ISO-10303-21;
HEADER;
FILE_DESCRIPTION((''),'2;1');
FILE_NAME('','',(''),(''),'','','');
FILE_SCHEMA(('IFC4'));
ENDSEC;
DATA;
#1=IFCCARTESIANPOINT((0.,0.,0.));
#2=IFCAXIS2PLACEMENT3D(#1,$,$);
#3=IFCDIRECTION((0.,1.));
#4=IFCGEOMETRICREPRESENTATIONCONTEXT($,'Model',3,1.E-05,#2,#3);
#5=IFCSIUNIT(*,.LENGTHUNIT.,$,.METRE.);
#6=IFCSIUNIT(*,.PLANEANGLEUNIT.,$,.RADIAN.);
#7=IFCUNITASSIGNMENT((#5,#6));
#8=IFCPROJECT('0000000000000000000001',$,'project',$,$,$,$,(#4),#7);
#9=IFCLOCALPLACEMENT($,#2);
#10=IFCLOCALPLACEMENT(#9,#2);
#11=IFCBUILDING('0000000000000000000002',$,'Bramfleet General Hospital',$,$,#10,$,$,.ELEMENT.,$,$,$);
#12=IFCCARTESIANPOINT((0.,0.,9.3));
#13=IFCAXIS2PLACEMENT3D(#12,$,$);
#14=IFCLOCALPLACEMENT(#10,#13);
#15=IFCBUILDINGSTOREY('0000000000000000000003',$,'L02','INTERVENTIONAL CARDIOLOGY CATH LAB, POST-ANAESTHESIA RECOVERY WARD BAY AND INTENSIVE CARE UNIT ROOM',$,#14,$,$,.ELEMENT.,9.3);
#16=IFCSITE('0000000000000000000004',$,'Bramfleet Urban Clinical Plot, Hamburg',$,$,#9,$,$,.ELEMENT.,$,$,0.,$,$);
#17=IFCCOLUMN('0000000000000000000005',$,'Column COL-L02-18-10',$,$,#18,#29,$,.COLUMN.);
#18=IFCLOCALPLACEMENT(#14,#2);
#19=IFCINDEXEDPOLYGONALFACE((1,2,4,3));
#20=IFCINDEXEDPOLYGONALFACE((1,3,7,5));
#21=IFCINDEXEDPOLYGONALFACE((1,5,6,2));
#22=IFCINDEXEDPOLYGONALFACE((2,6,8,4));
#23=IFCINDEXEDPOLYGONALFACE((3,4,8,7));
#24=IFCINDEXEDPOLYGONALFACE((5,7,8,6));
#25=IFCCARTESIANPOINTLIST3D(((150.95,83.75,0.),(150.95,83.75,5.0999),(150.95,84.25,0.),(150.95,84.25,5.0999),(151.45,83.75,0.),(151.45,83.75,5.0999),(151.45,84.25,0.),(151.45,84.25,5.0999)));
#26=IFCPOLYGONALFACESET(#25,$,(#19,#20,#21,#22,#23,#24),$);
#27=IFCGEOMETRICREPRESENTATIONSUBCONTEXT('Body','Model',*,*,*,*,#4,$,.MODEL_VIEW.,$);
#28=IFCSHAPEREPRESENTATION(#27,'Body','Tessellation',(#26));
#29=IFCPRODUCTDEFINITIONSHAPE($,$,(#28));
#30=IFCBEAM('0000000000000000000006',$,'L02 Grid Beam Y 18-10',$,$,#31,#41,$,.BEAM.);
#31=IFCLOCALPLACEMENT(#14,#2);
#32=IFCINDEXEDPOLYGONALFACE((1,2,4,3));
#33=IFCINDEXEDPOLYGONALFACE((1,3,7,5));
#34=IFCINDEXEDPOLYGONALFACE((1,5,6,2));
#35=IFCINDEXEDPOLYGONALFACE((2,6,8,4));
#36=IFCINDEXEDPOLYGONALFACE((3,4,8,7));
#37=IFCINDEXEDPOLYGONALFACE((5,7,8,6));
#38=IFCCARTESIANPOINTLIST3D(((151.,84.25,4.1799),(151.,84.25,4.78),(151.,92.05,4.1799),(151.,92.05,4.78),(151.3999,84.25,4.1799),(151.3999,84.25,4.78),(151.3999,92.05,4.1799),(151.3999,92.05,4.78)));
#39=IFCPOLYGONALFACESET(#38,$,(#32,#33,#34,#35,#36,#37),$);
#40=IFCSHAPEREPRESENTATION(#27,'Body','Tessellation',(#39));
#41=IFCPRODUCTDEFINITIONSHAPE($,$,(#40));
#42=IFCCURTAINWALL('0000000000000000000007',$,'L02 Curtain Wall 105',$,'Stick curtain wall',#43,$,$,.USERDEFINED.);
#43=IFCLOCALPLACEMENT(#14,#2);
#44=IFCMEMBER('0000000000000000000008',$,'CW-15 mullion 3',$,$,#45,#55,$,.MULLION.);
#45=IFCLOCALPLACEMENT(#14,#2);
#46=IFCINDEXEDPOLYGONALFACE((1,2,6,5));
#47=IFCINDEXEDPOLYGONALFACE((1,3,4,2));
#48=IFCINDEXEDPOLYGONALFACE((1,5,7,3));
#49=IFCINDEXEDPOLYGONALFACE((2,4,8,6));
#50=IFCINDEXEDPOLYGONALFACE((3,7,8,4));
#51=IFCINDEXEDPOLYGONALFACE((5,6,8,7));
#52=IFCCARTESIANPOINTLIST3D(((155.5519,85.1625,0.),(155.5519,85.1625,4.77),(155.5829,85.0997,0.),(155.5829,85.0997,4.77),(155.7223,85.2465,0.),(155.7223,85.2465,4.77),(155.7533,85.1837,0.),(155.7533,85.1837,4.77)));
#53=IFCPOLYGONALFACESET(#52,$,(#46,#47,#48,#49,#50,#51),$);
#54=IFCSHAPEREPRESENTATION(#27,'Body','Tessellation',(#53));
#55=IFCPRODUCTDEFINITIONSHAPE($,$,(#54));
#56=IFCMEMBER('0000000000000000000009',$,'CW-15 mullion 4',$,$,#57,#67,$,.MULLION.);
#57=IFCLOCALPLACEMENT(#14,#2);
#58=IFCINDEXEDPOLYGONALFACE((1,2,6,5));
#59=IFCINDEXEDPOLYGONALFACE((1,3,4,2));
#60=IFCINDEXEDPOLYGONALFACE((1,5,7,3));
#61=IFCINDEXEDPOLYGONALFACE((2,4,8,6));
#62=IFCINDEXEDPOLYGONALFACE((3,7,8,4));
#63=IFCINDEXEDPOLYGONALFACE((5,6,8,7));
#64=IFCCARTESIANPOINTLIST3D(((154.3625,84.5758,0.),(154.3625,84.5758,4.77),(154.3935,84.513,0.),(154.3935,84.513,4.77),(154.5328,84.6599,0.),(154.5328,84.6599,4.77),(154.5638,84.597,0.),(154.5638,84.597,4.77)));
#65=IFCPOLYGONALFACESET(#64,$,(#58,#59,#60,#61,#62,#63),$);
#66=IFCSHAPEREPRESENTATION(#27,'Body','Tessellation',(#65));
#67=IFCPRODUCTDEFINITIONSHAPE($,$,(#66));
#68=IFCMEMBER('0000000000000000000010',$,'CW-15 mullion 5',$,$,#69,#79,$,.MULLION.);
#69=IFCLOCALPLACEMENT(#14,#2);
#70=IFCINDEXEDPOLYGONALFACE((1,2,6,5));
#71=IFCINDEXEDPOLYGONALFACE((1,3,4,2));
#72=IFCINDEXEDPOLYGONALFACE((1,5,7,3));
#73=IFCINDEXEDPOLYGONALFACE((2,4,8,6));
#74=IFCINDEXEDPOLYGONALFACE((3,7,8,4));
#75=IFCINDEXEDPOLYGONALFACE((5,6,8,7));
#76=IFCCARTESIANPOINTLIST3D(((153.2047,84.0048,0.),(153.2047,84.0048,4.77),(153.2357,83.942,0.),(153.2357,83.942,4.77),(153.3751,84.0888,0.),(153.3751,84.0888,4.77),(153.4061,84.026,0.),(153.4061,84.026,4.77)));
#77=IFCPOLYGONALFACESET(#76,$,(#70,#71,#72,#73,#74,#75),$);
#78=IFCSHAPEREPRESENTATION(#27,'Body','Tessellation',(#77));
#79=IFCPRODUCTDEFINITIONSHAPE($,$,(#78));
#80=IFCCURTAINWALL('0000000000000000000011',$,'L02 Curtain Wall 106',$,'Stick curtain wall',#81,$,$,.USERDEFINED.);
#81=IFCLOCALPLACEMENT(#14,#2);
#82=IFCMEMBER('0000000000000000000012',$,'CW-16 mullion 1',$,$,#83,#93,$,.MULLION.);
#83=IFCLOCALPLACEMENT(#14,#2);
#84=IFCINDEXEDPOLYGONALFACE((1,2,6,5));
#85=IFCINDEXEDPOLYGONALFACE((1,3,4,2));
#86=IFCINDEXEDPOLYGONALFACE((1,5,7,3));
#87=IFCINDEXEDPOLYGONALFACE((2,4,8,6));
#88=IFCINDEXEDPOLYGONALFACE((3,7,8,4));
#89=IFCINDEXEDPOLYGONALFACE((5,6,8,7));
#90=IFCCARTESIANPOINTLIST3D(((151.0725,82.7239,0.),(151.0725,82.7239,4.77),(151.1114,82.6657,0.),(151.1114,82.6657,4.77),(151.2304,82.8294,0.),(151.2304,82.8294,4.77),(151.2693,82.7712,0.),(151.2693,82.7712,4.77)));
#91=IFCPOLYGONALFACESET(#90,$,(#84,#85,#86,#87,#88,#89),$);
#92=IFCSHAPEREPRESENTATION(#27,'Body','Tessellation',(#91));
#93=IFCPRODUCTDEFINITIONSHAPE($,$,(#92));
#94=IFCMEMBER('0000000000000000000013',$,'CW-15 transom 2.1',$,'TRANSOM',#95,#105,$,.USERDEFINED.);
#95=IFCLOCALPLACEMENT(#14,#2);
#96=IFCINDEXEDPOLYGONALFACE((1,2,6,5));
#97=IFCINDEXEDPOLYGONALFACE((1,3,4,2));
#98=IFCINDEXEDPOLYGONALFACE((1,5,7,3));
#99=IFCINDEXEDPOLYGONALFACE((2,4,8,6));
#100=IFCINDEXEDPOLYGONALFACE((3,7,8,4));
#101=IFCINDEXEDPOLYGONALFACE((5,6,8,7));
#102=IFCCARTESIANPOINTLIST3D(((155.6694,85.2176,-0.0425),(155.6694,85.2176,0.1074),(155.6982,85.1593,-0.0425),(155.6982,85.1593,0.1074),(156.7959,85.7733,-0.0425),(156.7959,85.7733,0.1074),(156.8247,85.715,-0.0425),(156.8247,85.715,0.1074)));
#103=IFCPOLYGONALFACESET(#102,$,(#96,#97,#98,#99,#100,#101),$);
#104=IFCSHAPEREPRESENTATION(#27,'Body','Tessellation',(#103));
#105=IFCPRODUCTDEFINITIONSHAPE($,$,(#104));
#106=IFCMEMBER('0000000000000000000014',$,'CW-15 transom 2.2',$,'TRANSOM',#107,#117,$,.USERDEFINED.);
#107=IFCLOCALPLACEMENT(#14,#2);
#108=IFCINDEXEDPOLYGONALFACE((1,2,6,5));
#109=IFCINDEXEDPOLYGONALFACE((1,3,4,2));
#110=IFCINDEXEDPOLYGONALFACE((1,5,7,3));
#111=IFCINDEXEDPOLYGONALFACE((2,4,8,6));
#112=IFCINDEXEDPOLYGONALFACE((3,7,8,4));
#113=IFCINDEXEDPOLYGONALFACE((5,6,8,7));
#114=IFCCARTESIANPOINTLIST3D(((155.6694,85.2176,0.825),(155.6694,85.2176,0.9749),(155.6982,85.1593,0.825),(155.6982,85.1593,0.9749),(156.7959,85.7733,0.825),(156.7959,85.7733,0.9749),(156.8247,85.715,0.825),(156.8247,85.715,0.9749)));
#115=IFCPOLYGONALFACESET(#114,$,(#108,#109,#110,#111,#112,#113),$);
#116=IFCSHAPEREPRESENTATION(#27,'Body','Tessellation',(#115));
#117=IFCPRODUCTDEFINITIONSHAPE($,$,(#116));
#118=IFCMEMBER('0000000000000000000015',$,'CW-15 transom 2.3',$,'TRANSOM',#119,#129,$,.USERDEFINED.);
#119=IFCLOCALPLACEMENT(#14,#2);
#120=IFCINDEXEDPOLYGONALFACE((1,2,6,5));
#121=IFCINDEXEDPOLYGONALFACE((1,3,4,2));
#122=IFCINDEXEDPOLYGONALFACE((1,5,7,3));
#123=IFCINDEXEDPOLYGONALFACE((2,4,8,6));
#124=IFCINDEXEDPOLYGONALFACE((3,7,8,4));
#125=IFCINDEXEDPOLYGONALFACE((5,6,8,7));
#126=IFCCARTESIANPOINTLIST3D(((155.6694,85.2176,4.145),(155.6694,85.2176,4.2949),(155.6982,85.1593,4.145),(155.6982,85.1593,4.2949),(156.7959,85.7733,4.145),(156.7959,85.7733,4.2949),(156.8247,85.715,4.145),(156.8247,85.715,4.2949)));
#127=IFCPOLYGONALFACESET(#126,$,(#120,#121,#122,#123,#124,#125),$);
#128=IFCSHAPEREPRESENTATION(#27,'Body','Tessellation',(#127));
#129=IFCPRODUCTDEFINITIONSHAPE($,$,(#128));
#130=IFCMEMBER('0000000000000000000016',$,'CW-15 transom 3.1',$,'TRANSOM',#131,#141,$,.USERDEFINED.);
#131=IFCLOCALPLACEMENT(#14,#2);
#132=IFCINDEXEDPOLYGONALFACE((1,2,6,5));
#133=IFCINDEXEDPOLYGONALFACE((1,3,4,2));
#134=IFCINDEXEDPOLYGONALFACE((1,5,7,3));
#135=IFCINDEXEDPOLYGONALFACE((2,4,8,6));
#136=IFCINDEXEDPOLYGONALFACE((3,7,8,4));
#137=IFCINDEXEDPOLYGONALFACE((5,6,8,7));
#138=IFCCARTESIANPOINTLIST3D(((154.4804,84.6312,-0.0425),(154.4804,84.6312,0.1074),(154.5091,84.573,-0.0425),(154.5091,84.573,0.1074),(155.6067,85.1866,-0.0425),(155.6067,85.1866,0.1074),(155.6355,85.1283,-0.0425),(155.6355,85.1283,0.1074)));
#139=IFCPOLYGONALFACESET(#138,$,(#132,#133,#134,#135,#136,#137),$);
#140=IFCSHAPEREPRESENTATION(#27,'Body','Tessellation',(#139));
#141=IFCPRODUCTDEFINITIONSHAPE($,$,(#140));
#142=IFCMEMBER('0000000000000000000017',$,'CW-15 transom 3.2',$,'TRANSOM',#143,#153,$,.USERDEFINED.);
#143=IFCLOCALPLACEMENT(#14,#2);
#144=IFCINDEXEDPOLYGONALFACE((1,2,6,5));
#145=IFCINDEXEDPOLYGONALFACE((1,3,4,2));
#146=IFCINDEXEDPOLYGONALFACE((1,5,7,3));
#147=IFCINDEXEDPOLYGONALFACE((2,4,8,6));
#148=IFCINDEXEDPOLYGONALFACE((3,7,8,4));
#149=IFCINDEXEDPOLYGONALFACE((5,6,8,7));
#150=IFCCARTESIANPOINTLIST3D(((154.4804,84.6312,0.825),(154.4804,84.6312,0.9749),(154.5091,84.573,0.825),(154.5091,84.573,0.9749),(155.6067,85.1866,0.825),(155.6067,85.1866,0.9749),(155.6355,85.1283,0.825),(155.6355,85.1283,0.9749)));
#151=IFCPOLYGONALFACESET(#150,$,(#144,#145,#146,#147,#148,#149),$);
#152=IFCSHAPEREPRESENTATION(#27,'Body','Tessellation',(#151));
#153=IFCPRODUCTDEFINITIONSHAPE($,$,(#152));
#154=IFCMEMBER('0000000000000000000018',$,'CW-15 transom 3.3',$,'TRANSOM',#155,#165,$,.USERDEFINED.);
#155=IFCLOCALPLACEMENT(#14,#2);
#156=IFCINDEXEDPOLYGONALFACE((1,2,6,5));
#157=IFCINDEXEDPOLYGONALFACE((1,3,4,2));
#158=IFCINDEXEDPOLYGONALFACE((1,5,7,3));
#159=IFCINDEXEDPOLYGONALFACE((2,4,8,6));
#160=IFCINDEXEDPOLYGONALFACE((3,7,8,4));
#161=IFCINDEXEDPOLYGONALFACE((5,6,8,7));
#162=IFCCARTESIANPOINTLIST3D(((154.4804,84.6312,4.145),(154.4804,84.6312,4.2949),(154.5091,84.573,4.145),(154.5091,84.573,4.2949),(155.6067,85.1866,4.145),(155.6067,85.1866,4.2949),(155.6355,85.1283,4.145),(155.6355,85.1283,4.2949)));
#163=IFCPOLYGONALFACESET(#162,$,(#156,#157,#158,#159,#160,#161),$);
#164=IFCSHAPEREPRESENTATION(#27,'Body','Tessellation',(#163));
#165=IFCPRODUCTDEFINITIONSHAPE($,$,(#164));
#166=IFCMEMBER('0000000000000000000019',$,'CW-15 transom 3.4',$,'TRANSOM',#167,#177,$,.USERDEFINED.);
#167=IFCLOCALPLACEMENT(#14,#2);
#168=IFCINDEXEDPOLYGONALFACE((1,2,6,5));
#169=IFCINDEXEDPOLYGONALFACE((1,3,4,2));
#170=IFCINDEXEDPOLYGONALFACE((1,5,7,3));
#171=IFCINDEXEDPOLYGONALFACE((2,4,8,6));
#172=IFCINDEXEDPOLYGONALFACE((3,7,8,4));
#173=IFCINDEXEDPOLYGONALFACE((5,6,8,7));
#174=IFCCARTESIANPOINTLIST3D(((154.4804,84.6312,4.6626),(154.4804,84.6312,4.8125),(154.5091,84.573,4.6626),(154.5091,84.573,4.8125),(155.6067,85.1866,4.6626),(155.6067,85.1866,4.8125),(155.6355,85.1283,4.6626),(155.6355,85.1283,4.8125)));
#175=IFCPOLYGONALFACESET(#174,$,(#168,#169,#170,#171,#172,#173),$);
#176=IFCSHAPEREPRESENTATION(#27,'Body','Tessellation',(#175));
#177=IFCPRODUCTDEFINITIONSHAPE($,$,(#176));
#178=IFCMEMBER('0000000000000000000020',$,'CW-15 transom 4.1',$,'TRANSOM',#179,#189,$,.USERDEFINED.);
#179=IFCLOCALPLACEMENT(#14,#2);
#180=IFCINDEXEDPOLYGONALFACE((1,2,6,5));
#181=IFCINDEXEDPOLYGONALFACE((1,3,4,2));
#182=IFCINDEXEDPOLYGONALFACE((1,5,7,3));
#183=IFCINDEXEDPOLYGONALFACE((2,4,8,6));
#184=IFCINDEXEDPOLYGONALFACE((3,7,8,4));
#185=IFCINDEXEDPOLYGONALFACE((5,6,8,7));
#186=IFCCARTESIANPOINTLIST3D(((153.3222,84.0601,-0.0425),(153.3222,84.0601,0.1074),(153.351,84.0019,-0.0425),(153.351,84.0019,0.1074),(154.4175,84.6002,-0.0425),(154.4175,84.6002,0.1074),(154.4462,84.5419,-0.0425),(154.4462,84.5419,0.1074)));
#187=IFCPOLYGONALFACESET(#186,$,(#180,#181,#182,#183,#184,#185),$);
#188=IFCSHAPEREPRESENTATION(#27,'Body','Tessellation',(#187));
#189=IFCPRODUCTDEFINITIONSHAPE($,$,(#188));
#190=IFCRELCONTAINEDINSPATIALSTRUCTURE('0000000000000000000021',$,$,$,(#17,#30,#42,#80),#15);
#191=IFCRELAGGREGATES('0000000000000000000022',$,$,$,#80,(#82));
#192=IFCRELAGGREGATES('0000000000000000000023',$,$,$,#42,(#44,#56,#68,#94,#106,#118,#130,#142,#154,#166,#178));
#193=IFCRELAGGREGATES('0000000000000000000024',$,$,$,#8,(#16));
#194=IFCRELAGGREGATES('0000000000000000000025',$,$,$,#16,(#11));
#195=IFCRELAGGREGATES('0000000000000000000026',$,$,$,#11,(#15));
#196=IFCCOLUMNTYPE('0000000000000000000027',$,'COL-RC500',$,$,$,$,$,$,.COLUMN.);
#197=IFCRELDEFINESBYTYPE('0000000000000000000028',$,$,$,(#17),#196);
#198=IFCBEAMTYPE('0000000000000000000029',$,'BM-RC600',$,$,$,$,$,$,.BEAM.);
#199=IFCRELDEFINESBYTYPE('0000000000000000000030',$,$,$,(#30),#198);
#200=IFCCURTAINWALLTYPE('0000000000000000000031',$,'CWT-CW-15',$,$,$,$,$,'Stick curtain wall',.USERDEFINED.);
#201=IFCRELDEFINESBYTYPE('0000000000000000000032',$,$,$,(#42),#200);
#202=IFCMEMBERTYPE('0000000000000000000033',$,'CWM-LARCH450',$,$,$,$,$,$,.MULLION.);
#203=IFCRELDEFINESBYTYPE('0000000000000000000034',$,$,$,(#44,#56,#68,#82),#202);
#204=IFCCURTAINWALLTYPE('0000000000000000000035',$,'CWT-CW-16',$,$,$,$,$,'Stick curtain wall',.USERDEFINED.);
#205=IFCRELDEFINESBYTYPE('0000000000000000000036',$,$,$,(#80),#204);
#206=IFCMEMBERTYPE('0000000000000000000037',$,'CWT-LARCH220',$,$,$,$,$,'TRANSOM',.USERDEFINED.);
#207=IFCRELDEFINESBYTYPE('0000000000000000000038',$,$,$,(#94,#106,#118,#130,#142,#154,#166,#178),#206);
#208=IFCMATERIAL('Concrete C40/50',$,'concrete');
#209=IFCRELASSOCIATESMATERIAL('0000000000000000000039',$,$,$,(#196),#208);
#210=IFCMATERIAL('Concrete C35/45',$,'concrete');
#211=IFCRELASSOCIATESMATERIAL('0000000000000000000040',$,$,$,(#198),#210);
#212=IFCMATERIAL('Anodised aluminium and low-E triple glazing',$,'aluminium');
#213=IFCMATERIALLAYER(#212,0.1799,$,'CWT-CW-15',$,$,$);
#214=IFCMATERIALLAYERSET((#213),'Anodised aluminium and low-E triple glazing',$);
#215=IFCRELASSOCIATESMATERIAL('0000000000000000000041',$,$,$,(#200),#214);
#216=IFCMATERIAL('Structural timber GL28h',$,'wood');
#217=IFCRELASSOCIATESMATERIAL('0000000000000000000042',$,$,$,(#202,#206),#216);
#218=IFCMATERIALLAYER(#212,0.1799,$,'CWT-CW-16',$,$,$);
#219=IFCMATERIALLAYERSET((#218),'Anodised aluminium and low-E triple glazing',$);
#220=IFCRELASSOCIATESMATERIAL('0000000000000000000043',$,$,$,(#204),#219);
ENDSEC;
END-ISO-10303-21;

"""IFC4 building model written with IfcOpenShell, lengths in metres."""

from ifc_helpers import new_model, si_unit, direction, frame, origin, origin_2d, place, context, subcontext, project, spatial, rectangle, extrude, material, layer, layer_set, material_profile, profile_set, type_object, element, aggregate, save


model = new_model("IFC4")

# Units and contexts
model_context = context("Model", 3, precision=1e-05, world=origin(), true_north=direction((0.0, 1.0)))
body_context = subcontext(model_context, "Body", "Model", "MODEL_VIEW")
ifc_project = project(units=[si_unit("LENGTHUNIT", "METRE"), si_unit("PLANEANGLEUNIT", "RADIAN")], contexts=[model_context])

# Site, building, storey
site_placement = place(None, origin())
site = spatial("IfcSite", under=ifc_project, at=site_placement, Name="Bramfleet Urban Clinical Plot, Hamburg", CompositionType="ELEMENT", RefElevation=0.0)
building_placement = place(site_placement, origin())
building = spatial("IfcBuilding", under=site, at=building_placement, Name="Bramfleet General Hospital", CompositionType="ELEMENT")
storey_placement = place(building_placement, frame((0.0, 0.0, 9.3)))
storey = spatial("IfcBuildingStorey", under=building, at=storey_placement, Name="L02", Description="INTERVENTIONAL CARDIOLOGY CATH LAB, POST-ANAESTHESIA RECOVERY WARD BAY AND INTENSIVE CARE UNIT ROOM", CompositionType="ELEMENT", Elevation=9.3)

# Column
ifc_material_1 = material(Name="Concrete C40/50", Category="concrete")
ifc_material_profile_1 = material_profile(ifc_material_1, rectangle(XDim=0.5, YDim=0.5, at=origin_2d()), Name="RC COL 500x500")
ifc_profile_set_1 = profile_set([ifc_material_profile_1], Name="Concrete C40/50")
column_type = type_object("IfcColumnType", Name="COL-RC500", PredefinedType="COLUMN", material=ifc_profile_set_1)
column_placement = place(storey_placement, frame((151.2, 84.0, 0.0), z_axis=(0.0, 0.0, 1.0), x_axis=(1.0, 0.0, 0.0)))
element("IfcColumn", 1, at=column_placement, inside=storey, type_object=column_type, Name="Column COL-L02-18-10", PredefinedType="COLUMN", context=body_context, shape_type="SweptSolid", body=[
    extrude(rectangle(XDim=0.5, YDim=0.5, at=origin_2d()), origin(), (0.0, 0.0, 1.0), 5.0999),
])

# Beam
ifc_material_2 = material(Name="Concrete C35/45", Category="concrete")
ifc_material_profile_2 = material_profile(ifc_material_2, rectangle(XDim=0.3999, YDim=0.6001, at=origin_2d()), Name="RC BM 600x400")
ifc_profile_set_2 = profile_set([ifc_material_profile_2], Name="Concrete C35/45")
beam_type = type_object("IfcBeamType", Name="BM-RC600", PredefinedType="BEAM", material=ifc_profile_set_2)
beam_placement = place(storey_placement, frame((151.2, 84.25, 4.48), z_axis=(0.0, 1.0, 0.0), x_axis=(-1.0, 0.0, 0.0)))
element("IfcBeam", 2, at=beam_placement, inside=storey, type_object=beam_type, Name="L02 Grid Beam Y 18-10", PredefinedType="BEAM", context=body_context, shape_type="SweptSolid", body=[
    extrude(rectangle(XDim=0.3999, YDim=0.6001, at=origin_2d()), origin(), (0.0, 0.0, 1.0), 7.8),
])

# Curtain wall, members
ifc_material_3 = material(Name="Anodised aluminium and low-E triple glazing", Category="aluminium")
ifc_layer_1 = layer(ifc_material_3, 0.1799, Name="CWT-CW-15")
ifc_layer_set_1 = layer_set([ifc_layer_1], Name="Anodised aluminium and low-E triple glazing")
curtain_wall_type_1 = type_object("IfcCurtainWallType", Name="CWT-CW-15", ElementType="Stick curtain wall", PredefinedType="USERDEFINED", material=ifc_layer_set_1)
curtain_wall_1_placement = place(storey_placement, origin())
curtain_wall_1 = element("IfcCurtainWall", 3, at=curtain_wall_1_placement, inside=storey, type_object=curtain_wall_type_1, Name="L02 Curtain Wall 105", ObjectType="Stick curtain wall", PredefinedType="USERDEFINED")
ifc_material_4 = material(Name="Structural timber GL28h", Category="wood")
ifc_material_profile_3 = material_profile(ifc_material_4, rectangle(XDim=0.0701, YDim=0.1899, at=origin_2d()), Name="LARCH 190x70")
ifc_profile_set_3 = profile_set([ifc_material_profile_3], Name="Structural timber GL28h")
member_type_1 = type_object("IfcMemberType", Name="CWM-LARCH450", PredefinedType="MULLION", material=ifc_profile_set_3)
member_1_placement = place(storey_placement, frame((155.6526, 85.1731, 0.0), z_axis=(0.0, 0.0, 1.0), x_axis=(0.442305, -0.896865, 0.0)))
member_1 = element("IfcMember", 4, at=member_1_placement, type_object=member_type_1, Name="CW-15 mullion 3", PredefinedType="MULLION", context=body_context, shape_type="SweptSolid", body=[
    extrude(rectangle(XDim=0.0701, YDim=0.1899, at=origin_2d()), origin(), (0.0, 0.0, 1.0), 4.77),
])
member_2_placement = place(storey_placement, frame((154.4631, 84.5864, 0.0), z_axis=(0.0, 0.0, 1.0), x_axis=(0.442305, -0.896865, 0.0)))
member_2 = element("IfcMember", 5, at=member_2_placement, type_object=member_type_1, Name="CW-15 mullion 4", PredefinedType="MULLION", context=body_context, shape_type="SweptSolid", body=[
    extrude(rectangle(XDim=0.0701, YDim=0.1899, at=origin_2d()), origin(), (0.0, 0.0, 1.0), 4.77),
])
member_3_placement = place(storey_placement, frame((153.3054, 84.0154, 0.0), z_axis=(0.0, 0.0, 1.0), x_axis=(0.442305, -0.896865, 0.0)))
member_3 = element("IfcMember", 6, at=member_3_placement, type_object=member_type_1, Name="CW-15 mullion 5", PredefinedType="MULLION", context=body_context, shape_type="SweptSolid", body=[
    extrude(rectangle(XDim=0.0701, YDim=0.1899, at=origin_2d()), origin(), (0.0, 0.0, 1.0), 4.77),
])

# Curtain wall, member
ifc_layer_2 = layer(ifc_material_3, 0.1799, Name="CWT-CW-16")
ifc_layer_set_2 = layer_set([ifc_layer_2], Name="Anodised aluminium and low-E triple glazing")
curtain_wall_type_2 = type_object("IfcCurtainWallType", Name="CWT-CW-16", ElementType="Stick curtain wall", PredefinedType="USERDEFINED", material=ifc_layer_set_2)
curtain_wall_2_placement = place(storey_placement, origin())
curtain_wall_2 = element("IfcCurtainWall", 7, at=curtain_wall_2_placement, inside=storey, type_object=curtain_wall_type_2, Name="L02 Curtain Wall 106", ObjectType="Stick curtain wall", PredefinedType="USERDEFINED")
member_4_placement = place(storey_placement, frame((151.1709, 82.7476, 0.0), z_axis=(0.0, 0.0, 1.0), x_axis=(0.555464, -0.831541, 0.0)))
member_4 = element("IfcMember", 8, at=member_4_placement, type_object=member_type_1, Name="CW-16 mullion 1", PredefinedType="MULLION", context=body_context, shape_type="SweptSolid", body=[
    extrude(rectangle(XDim=0.0701, YDim=0.1899, at=origin_2d()), origin(), (0.0, 0.0, 1.0), 4.77),
])

# Members
ifc_material_profile_4 = material_profile(ifc_material_4, rectangle(XDim=0.0649, YDim=0.1499, at=origin_2d()), Name="LARCH 150x65")
ifc_profile_set_4 = profile_set([ifc_material_profile_4], Name="Structural timber GL28h")
member_type_2 = type_object("IfcMemberType", Name="CWT-LARCH220", ElementType="TRANSOM", PredefinedType="USERDEFINED", material=ifc_profile_set_4)
member_5_placement = place(storey_placement, frame((156.8103, 85.7441, 0.0325), z_axis=(-0.896824, -0.442387, 0.0), x_axis=(0.442387, -0.896824, 0.0)))
member_5 = element("IfcMember", 9, at=member_5_placement, type_object=member_type_2, Name="CW-15 transom 2.1", ObjectType="TRANSOM", PredefinedType="USERDEFINED", context=body_context, shape_type="SweptSolid", body=[
    extrude(rectangle(XDim=0.0649, YDim=0.1499, at=origin_2d()), origin(), (0.0, 0.0, 1.0), 1.2561),
])
member_6_placement = place(storey_placement, frame((156.8103, 85.7441, 0.8999), z_axis=(-0.896824, -0.442387, 0.0), x_axis=(0.442387, -0.896824, 0.0)))
member_6 = element("IfcMember", 10, at=member_6_placement, type_object=member_type_2, Name="CW-15 transom 2.2", ObjectType="TRANSOM", PredefinedType="USERDEFINED", context=body_context, shape_type="SweptSolid", body=[
    extrude(rectangle(XDim=0.0649, YDim=0.1499, at=origin_2d()), origin(), (0.0, 0.0, 1.0), 1.2561),
])
member_7_placement = place(storey_placement, frame((156.8103, 85.7441, 4.22), z_axis=(-0.896824, -0.442387, 0.0), x_axis=(0.442387, -0.896824, 0.0)))
member_7 = element("IfcMember", 11, at=member_7_placement, type_object=member_type_2, Name="CW-15 transom 2.3", ObjectType="TRANSOM", PredefinedType="USERDEFINED", context=body_context, shape_type="SweptSolid", body=[
    extrude(rectangle(XDim=0.0649, YDim=0.1499, at=origin_2d()), origin(), (0.0, 0.0, 1.0), 1.2561),
])
member_8_placement = place(storey_placement, frame((155.6211, 85.1575, 0.0325), z_axis=(-0.896902, -0.44223, 0.0), x_axis=(0.44223, -0.896902, 0.0)))
member_8 = element("IfcMember", 12, at=member_8_placement, type_object=member_type_2, Name="CW-15 transom 3.1", ObjectType="TRANSOM", PredefinedType="USERDEFINED", context=body_context, shape_type="SweptSolid", body=[
    extrude(rectangle(XDim=0.0649, YDim=0.1499, at=origin_2d()), origin(), (0.0, 0.0, 1.0), 1.2559),
])
member_9_placement = place(storey_placement, frame((155.6211, 85.1575, 0.8999), z_axis=(-0.896902, -0.44223, 0.0), x_axis=(0.44223, -0.896902, 0.0)))
member_9 = element("IfcMember", 13, at=member_9_placement, type_object=member_type_2, Name="CW-15 transom 3.2", ObjectType="TRANSOM", PredefinedType="USERDEFINED", context=body_context, shape_type="SweptSolid", body=[
    extrude(rectangle(XDim=0.0649, YDim=0.1499, at=origin_2d()), origin(), (0.0, 0.0, 1.0), 1.2559),
])
member_10_placement = place(storey_placement, frame((155.6211, 85.1575, 4.22), z_axis=(-0.896902, -0.44223, 0.0), x_axis=(0.44223, -0.896902, 0.0)))
member_10 = element("IfcMember", 14, at=member_10_placement, type_object=member_type_2, Name="CW-15 transom 3.3", ObjectType="TRANSOM", PredefinedType="USERDEFINED", context=body_context, shape_type="SweptSolid", body=[
    extrude(rectangle(XDim=0.0649, YDim=0.1499, at=origin_2d()), origin(), (0.0, 0.0, 1.0), 1.2559),
])
member_11_placement = place(storey_placement, frame((155.6211, 85.1575, 4.7375), z_axis=(-0.896902, -0.44223, 0.0), x_axis=(0.44223, -0.896902, 0.0)))
member_11 = element("IfcMember", 15, at=member_11_placement, type_object=member_type_2, Name="CW-15 transom 3.4", ObjectType="TRANSOM", PredefinedType="USERDEFINED", context=body_context, shape_type="SweptSolid", body=[
    extrude(rectangle(XDim=0.0649, YDim=0.1499, at=origin_2d()), origin(), (0.0, 0.0, 1.0), 1.2559),
])
member_12_placement = place(storey_placement, frame((154.4319, 84.571, 0.0325), z_axis=(-0.896893, -0.442248, 0.0), x_axis=(0.442248, -0.896893, 0.0)))
member_12 = element("IfcMember", 16, at=member_12_placement, type_object=member_type_2, Name="CW-15 transom 4.1", ObjectType="TRANSOM", PredefinedType="USERDEFINED", context=body_context, shape_type="SweptSolid", body=[
    extrude(rectangle(XDim=0.0649, YDim=0.1499, at=origin_2d()), origin(), (0.0, 0.0, 1.0), 1.2212),
])
aggregate(curtain_wall_2, [member_4])

aggregate(curtain_wall_1, [member_1, member_2, member_3, member_5, member_6, member_7, member_8, member_9, member_10, member_11, member_12])

save(model, "model.ifc")
